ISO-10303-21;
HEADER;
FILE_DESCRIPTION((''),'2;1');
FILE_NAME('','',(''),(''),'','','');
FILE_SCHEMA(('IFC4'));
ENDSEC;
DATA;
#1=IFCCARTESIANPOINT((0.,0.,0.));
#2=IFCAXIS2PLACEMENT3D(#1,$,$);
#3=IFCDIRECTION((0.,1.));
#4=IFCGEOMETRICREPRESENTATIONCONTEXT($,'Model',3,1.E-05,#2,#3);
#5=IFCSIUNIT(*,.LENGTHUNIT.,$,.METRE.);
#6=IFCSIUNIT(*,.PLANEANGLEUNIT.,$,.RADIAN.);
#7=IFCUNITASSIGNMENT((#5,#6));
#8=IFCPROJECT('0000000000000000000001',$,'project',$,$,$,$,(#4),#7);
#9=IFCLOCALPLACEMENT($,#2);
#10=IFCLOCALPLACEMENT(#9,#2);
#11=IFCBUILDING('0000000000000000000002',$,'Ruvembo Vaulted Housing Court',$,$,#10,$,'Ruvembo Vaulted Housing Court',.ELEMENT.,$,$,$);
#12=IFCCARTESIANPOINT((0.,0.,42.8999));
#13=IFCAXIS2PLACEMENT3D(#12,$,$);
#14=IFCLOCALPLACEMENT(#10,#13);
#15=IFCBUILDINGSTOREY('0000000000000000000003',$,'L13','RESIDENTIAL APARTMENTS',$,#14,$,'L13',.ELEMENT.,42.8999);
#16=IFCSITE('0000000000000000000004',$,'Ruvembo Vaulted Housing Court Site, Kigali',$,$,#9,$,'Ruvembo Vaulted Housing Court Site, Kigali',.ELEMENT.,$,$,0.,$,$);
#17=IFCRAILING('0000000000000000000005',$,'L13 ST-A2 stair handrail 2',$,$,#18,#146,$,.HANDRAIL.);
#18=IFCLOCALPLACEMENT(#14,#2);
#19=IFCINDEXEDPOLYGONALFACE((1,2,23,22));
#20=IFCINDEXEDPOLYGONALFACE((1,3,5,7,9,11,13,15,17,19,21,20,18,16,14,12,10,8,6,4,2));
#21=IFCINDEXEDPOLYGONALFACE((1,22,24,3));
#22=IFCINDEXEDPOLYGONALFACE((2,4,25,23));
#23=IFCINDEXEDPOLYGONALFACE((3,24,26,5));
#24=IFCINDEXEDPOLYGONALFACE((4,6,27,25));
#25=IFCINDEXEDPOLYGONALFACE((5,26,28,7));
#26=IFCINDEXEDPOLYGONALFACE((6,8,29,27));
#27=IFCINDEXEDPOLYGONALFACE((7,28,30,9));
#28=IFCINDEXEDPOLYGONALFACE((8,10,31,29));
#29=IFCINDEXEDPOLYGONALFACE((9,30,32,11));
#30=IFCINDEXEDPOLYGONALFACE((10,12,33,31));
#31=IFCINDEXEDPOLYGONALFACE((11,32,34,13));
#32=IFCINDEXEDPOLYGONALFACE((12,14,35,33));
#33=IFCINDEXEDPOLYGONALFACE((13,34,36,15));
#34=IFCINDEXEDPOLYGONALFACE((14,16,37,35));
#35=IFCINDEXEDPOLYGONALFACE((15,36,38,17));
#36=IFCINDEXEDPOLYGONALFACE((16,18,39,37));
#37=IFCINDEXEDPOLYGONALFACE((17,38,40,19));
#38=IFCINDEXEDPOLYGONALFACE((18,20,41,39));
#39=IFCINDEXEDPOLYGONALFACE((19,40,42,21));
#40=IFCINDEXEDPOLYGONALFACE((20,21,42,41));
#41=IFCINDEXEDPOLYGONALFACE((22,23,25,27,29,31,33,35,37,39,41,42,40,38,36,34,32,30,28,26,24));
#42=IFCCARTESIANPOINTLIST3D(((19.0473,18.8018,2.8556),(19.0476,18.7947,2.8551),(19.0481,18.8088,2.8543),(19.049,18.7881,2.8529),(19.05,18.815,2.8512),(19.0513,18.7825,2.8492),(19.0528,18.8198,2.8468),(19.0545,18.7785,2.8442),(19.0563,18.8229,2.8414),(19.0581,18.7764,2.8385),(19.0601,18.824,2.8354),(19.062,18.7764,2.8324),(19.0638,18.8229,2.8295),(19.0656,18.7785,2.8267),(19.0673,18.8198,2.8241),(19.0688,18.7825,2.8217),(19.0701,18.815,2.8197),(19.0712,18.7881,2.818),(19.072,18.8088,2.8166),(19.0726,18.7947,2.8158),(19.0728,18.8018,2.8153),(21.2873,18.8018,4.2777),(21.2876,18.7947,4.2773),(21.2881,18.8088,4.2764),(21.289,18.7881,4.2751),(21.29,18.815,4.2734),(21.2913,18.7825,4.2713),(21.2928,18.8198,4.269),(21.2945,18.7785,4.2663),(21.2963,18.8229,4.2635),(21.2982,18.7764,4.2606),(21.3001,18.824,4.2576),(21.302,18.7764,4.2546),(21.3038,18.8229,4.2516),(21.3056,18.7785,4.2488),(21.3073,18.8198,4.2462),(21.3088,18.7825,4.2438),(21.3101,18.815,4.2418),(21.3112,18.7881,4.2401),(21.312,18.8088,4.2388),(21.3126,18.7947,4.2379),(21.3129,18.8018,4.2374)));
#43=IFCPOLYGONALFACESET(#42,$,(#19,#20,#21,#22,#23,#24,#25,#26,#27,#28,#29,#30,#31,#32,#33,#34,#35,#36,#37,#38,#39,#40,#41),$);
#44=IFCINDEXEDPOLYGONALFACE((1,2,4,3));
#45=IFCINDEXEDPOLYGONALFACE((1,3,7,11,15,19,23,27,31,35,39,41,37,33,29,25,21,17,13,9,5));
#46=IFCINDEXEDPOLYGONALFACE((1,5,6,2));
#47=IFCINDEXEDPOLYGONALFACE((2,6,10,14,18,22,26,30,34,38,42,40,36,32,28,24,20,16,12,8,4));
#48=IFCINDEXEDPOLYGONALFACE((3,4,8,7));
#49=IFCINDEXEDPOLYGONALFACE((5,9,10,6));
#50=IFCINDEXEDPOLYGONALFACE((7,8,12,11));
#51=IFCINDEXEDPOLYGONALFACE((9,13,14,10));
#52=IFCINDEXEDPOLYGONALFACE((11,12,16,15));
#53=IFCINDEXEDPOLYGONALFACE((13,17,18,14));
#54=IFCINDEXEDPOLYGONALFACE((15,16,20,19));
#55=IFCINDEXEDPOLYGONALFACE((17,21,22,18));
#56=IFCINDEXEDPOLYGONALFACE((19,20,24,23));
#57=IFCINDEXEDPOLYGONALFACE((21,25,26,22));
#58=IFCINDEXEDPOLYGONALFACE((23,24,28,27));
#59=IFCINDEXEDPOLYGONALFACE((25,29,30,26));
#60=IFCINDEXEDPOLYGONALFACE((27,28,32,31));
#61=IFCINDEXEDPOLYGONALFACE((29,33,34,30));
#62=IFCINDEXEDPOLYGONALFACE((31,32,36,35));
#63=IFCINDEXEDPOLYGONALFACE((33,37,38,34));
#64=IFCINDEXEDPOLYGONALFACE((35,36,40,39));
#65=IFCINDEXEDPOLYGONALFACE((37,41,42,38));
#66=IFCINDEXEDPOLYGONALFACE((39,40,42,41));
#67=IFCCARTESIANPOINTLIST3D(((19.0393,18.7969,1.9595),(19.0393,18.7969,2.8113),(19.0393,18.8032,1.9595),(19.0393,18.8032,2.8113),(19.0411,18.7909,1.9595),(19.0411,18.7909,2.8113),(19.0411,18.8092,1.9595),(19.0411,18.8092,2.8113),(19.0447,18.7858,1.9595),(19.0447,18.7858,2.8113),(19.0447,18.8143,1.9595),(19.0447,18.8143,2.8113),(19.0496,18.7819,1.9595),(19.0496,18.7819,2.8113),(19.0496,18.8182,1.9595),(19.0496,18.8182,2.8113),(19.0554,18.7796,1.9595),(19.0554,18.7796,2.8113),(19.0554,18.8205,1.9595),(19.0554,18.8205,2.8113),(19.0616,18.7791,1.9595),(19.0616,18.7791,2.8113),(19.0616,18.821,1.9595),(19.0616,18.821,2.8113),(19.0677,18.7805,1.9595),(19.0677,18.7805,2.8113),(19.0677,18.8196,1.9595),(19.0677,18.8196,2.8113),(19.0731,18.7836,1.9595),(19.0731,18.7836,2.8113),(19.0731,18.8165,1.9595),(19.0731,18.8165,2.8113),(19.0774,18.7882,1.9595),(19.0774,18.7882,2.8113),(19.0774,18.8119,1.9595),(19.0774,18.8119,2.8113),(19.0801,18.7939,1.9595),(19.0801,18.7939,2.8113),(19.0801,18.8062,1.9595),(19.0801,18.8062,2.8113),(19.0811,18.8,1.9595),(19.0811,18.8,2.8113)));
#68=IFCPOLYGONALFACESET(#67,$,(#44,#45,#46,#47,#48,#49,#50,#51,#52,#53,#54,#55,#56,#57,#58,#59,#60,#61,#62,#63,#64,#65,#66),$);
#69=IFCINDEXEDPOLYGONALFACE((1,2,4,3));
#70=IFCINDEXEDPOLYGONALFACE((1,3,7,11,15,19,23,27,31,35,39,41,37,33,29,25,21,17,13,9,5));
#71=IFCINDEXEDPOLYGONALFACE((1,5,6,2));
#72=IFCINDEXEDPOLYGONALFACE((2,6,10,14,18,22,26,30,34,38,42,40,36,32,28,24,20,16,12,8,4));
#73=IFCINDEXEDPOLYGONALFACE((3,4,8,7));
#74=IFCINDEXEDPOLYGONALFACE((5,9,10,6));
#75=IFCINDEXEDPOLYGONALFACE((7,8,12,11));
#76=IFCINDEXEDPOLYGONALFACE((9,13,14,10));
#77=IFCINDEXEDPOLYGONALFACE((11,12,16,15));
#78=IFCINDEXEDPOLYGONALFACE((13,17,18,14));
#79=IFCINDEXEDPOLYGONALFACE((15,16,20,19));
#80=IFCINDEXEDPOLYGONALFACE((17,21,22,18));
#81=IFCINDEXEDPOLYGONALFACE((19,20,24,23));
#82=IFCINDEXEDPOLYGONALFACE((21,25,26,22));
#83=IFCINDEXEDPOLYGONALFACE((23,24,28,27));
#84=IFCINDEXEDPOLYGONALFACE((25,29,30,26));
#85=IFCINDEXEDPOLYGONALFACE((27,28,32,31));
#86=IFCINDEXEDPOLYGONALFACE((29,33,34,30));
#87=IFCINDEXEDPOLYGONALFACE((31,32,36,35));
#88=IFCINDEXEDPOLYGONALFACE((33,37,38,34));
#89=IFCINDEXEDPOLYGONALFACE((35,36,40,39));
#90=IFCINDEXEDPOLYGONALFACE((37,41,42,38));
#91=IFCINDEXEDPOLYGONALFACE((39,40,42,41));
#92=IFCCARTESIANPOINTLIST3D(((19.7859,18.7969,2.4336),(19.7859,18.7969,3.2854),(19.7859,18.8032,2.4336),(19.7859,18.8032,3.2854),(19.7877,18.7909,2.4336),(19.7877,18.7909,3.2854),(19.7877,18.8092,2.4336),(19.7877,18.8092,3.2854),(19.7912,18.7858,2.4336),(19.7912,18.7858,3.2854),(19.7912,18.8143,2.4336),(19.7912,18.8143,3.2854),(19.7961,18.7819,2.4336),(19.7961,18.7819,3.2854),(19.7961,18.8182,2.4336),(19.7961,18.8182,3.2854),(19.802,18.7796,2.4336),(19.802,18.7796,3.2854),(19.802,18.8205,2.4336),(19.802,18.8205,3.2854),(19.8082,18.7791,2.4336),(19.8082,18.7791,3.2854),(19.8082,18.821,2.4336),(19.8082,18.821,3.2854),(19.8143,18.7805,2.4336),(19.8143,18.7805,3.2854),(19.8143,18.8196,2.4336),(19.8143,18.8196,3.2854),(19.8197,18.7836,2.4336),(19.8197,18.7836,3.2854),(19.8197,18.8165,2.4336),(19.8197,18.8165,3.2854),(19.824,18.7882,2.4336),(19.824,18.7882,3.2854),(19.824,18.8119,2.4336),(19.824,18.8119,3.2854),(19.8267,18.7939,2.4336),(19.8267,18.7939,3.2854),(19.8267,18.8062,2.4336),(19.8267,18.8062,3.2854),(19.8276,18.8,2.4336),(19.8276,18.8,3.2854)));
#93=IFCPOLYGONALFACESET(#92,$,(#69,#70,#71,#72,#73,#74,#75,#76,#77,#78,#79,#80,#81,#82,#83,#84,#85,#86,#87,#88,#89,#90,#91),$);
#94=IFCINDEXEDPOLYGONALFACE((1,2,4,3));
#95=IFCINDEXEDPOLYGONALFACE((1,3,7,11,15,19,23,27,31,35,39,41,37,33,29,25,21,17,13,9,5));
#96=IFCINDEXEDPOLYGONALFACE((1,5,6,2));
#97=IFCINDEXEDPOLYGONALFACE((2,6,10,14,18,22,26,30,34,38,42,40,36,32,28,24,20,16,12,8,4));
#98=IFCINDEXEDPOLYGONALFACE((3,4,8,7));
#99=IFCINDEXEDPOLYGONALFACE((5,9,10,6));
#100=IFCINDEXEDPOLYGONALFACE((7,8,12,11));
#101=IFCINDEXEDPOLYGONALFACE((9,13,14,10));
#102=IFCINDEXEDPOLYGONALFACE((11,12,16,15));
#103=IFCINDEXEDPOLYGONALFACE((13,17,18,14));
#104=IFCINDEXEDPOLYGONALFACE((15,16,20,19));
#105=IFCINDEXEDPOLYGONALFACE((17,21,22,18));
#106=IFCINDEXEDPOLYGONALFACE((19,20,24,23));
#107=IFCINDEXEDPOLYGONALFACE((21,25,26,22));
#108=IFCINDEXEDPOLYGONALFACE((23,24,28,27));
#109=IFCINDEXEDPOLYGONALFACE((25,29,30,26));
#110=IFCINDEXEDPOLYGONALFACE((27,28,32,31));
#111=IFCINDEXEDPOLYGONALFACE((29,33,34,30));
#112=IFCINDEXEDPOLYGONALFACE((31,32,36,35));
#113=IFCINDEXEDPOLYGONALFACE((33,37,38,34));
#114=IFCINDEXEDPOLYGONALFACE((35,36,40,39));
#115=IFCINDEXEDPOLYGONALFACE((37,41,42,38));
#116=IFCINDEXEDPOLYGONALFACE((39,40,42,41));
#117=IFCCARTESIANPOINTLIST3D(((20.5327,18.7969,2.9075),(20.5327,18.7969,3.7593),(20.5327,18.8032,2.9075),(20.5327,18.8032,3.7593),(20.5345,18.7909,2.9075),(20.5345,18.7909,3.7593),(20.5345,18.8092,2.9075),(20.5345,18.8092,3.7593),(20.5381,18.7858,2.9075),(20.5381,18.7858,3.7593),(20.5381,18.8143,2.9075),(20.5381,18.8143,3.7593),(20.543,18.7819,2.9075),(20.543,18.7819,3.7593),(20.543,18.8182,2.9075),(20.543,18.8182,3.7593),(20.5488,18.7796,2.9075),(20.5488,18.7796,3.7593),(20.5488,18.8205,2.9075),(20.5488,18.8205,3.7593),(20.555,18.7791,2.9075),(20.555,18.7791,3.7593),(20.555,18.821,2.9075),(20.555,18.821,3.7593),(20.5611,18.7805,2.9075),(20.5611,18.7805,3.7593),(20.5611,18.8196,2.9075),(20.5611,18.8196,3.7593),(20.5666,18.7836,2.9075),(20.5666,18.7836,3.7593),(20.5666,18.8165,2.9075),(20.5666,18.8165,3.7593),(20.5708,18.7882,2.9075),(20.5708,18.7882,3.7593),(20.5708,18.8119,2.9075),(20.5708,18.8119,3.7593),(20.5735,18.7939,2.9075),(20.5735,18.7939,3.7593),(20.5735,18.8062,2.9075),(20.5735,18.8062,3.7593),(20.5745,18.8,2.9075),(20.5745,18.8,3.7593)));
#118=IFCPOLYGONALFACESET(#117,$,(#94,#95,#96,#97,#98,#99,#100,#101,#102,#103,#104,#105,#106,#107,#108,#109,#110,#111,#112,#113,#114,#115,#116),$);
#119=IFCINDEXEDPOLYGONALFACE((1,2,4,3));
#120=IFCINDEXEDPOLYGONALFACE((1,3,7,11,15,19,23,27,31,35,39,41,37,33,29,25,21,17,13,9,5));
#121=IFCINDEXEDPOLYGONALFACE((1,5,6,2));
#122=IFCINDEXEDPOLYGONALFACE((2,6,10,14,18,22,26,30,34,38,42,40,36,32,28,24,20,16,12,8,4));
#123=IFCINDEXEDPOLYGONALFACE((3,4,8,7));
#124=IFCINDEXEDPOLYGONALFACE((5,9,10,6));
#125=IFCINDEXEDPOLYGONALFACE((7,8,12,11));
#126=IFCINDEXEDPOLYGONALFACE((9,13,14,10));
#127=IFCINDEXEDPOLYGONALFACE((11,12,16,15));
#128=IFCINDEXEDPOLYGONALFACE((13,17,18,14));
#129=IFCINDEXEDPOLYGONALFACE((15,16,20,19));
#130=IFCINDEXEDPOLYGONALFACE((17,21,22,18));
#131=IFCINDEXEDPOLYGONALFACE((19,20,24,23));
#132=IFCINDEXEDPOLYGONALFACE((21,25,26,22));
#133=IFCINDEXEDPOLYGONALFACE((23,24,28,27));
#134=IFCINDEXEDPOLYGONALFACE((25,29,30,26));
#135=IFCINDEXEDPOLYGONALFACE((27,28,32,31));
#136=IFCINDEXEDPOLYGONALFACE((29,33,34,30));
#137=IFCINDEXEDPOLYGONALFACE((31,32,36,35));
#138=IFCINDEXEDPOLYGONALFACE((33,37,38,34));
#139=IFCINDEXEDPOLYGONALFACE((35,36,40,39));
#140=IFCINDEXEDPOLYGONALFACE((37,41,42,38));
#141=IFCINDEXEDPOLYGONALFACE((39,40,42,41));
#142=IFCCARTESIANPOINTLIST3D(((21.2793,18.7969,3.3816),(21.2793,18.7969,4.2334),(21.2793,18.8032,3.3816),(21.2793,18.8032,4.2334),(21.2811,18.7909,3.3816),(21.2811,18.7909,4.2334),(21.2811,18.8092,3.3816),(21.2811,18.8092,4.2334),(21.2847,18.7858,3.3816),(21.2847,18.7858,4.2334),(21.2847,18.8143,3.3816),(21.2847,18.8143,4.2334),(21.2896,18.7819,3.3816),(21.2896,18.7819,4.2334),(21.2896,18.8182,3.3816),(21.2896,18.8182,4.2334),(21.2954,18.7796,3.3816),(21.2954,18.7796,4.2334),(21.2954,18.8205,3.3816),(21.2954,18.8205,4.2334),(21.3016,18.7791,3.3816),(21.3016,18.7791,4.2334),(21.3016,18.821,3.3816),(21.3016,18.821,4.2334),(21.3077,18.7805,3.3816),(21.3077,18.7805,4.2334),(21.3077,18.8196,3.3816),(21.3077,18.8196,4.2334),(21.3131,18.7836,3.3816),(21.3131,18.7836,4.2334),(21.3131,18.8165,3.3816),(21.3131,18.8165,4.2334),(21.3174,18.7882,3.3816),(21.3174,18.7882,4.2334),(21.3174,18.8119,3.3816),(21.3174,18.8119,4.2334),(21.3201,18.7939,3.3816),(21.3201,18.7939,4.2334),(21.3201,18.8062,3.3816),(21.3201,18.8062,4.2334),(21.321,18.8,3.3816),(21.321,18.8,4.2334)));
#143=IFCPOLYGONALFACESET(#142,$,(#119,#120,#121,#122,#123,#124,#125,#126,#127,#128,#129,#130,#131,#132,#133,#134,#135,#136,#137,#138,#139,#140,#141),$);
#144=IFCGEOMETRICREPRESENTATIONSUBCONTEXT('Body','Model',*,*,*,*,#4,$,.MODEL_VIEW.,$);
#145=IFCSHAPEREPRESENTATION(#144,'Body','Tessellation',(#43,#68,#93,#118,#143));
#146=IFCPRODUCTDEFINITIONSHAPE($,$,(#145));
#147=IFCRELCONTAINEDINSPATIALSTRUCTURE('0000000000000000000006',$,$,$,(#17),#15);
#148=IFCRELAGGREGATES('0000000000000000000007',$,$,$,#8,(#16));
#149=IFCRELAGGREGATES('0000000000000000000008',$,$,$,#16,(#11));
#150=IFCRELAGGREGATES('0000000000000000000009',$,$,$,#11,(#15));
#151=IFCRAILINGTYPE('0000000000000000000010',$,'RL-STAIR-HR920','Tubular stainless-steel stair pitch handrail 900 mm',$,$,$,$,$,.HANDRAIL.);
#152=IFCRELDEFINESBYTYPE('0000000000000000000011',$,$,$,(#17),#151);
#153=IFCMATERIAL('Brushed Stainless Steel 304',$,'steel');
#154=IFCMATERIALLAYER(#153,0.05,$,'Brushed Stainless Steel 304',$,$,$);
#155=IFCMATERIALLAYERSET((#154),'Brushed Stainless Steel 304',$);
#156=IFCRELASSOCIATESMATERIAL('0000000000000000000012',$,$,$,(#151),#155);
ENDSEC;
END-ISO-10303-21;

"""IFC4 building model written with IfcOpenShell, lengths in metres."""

from ifc_helpers import new_model, si_unit, direction, frame, origin, origin_2d, place, context, subcontext, project, spatial, circle, extrude, material, layer, layer_set, type_object, element, save


model = new_model("IFC4")

# Units and contexts
model_context = context("Model", 3, precision=1e-05, world=origin(), true_north=direction((0.0, 1.0)))
body_context = subcontext(model_context, "Body", "Model", "MODEL_VIEW")
ifc_project = project(units=[si_unit("LENGTHUNIT", "METRE"), si_unit("PLANEANGLEUNIT", "RADIAN")], contexts=[model_context])

# Site, building, storey
site_placement = place(None, origin())
site = spatial("IfcSite", under=ifc_project, at=site_placement, Name="Ruvembo Vaulted Housing Court Site, Kigali", LongName="Ruvembo Vaulted Housing Court Site, Kigali", CompositionType="ELEMENT", RefElevation=0.0)
building_placement = place(site_placement, origin())
building = spatial("IfcBuilding", under=site, at=building_placement, Name="Ruvembo Vaulted Housing Court", LongName="Ruvembo Vaulted Housing Court", CompositionType="ELEMENT")
storey_placement = place(building_placement, frame((0.0, 0.0, 42.8999)))
storey = spatial("IfcBuildingStorey", under=building, at=storey_placement, Name="L13", Description="RESIDENTIAL APARTMENTS", LongName="L13", CompositionType="ELEMENT", Elevation=42.8999)

# Shared definitions
ifc_material_1 = material(Name="Brushed Stainless Steel 304", Category="steel")

# Railing
ifc_layer_1 = layer(ifc_material_1, 0.05, Name="Brushed Stainless Steel 304")
ifc_layer_set_1 = layer_set([ifc_layer_1], Name="Brushed Stainless Steel 304")
railing_type_1 = type_object("IfcRailingType", Name="RL-STAIR-HR920", Description="Tubular stainless-steel stair pitch handrail 900 mm", PredefinedType="HANDRAIL", material=ifc_layer_set_1)
railing_1_placement = place(storey_placement, frame((19.0601, 18.8, 1.9595)))
element("IfcRailing", 1, at=railing_1_placement, inside=storey, type_object=railing_type_1, Name="L13 ST-A2 stair handrail 2", PredefinedType="HANDRAIL", context=body_context, shape_type="SweptSolid", body=[
    extrude(circle(Radius=0.0239, at=origin_2d()), frame((0.0, 0.0, 0.876), z_axis=(0.844229, 0.0, 0.535982), x_axis=(0.0, 1.0, 0.0)), (0.0, 0.0, 1.0), 2.6533),
    extrude(circle(Radius=0.021, at=origin_2d()), origin(), (0.0, 0.0, 1.0), 0.8518),
    extrude(circle(Radius=0.021, at=origin_2d()), frame((0.7466, 0.0, 0.4741)), (0.0, 0.0, 1.0), 0.8518),
    extrude(circle(Radius=0.021, at=origin_2d()), frame((1.4934, 0.0, 0.948)), (0.0, 0.0, 1.0), 0.8518),
    extrude(circle(Radius=0.021, at=origin_2d()), frame((2.24, 0.0, 1.4221)), (0.0, 0.0, 1.0), 0.8518),
])

save(model, "model.ifc")
